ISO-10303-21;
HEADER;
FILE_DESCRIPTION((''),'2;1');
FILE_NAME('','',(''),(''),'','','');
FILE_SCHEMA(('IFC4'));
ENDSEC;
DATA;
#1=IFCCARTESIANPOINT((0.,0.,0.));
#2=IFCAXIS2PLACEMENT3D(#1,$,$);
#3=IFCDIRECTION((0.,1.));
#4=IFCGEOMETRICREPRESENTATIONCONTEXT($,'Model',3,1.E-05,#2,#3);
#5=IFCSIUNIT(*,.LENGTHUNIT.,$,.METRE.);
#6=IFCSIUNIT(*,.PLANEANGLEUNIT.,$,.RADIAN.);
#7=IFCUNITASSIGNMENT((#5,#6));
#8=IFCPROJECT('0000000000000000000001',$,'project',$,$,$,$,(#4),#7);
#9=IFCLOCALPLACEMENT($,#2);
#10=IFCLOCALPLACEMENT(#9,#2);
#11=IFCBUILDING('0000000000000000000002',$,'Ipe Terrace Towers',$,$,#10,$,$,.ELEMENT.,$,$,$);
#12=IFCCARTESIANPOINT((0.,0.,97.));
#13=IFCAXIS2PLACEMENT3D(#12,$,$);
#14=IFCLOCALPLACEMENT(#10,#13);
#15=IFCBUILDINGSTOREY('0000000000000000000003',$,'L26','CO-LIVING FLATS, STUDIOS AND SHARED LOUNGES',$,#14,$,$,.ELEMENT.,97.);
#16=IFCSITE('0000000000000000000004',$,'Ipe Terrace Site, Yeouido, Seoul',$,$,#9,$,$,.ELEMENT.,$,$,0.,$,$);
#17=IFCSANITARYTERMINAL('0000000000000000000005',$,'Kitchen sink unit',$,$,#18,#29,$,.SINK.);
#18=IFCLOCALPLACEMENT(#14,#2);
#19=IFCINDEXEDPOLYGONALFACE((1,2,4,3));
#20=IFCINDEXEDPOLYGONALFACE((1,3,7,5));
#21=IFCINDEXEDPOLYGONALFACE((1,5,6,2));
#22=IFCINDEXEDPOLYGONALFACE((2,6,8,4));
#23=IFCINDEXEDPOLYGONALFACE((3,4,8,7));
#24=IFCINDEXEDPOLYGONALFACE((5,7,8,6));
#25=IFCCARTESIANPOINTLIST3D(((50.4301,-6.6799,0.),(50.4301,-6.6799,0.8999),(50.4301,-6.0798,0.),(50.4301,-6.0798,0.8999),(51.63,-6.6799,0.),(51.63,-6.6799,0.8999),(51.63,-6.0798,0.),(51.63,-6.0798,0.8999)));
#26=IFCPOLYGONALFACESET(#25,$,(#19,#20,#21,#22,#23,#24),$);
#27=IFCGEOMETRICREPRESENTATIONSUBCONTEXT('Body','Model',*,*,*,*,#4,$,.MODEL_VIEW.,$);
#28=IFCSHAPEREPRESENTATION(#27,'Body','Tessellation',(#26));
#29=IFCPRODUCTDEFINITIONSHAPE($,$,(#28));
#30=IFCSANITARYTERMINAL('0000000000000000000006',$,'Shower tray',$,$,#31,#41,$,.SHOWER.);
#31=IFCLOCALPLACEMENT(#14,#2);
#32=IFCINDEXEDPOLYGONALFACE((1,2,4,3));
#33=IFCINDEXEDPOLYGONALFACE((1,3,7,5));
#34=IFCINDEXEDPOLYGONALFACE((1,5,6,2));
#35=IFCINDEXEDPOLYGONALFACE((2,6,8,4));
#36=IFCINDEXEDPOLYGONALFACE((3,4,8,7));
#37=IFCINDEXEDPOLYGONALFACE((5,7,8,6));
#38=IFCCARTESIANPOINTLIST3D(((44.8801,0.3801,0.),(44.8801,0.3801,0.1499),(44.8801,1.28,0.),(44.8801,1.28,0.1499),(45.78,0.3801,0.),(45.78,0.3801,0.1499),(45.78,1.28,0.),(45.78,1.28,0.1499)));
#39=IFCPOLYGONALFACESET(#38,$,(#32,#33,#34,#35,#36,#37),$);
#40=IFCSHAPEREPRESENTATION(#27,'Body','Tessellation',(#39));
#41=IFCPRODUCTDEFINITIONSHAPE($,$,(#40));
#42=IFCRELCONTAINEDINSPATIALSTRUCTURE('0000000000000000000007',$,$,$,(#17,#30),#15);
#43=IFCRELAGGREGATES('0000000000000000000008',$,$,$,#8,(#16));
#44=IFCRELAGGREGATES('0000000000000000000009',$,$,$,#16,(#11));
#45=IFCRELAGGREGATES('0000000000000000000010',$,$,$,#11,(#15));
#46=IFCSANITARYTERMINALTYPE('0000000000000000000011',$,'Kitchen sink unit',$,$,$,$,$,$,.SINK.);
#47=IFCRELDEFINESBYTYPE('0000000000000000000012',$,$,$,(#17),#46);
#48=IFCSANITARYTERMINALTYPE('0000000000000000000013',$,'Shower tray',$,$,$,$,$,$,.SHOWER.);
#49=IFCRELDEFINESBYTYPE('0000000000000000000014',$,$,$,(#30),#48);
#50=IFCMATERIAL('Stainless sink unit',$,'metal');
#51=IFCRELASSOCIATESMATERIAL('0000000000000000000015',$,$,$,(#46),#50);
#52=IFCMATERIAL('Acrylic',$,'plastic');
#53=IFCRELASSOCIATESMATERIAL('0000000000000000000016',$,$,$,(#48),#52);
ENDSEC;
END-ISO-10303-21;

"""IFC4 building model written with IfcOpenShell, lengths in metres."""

from ifc_helpers import new_model, si_unit, direction, frame, origin, origin_2d, place, context, subcontext, project, spatial, rectangle, extrude, material, type_object, element, save


model = new_model("IFC4")

# Units and contexts
model_context = context("Model", 3, precision=1e-05, world=origin(), true_north=direction((0.0, 1.0)))
body_context = subcontext(model_context, "Body", "Model", "MODEL_VIEW")
ifc_project = project(units=[si_unit("LENGTHUNIT", "METRE"), si_unit("PLANEANGLEUNIT", "RADIAN")], contexts=[model_context])

# Site, building, storey
site_placement = place(None, origin())
site = spatial("IfcSite", under=ifc_project, at=site_placement, Name="Ipe Terrace Site, Yeouido, Seoul", CompositionType="ELEMENT", RefElevation=0.0)
building_placement = place(site_placement, origin())
building = spatial("IfcBuilding", under=site, at=building_placement, Name="Ipe Terrace Towers", CompositionType="ELEMENT")
storey_placement = place(building_placement, frame((0.0, 0.0, 97.0)))
storey = spatial("IfcBuildingStorey", under=building, at=storey_placement, Name="L26", Description="CO-LIVING FLATS, STUDIOS AND SHARED LOUNGES", CompositionType="ELEMENT", Elevation=97.0)

# Sanitary terminals
ifc_material_1 = material(Name="Stainless sink unit", Category="metal")
sanitary_terminal_type_1 = type_object("IfcSanitaryTerminalType", Name="Kitchen sink unit", PredefinedType="SINK", material=ifc_material_1)
sanitary_terminal_1_placement = place(storey_placement, frame((51.03, -6.3799, 0.0), z_axis=(0.0, 0.0, 1.0), x_axis=(-1.0, 0.0, 0.0)))
element("IfcSanitaryTerminal", 1, at=sanitary_terminal_1_placement, inside=storey, type_object=sanitary_terminal_type_1, Name="Kitchen sink unit", PredefinedType="SINK", context=body_context, shape_type="SweptSolid", body=[
    extrude(rectangle(XDim=1.2, YDim=0.6001, at=origin_2d()), origin(), (0.0, 0.0, 1.0), 0.8999),
])
ifc_material_2 = material(Name="Acrylic", Category="plastic")
sanitary_terminal_type_2 = type_object("IfcSanitaryTerminalType", Name="Shower tray", PredefinedType="SHOWER", material=ifc_material_2)
sanitary_terminal_2_placement = place(storey_placement, frame((45.3301, 0.8301, 0.0), z_axis=(0.0, 0.0, 1.0), x_axis=(0.0, -1.0, 0.0)))
element("IfcSanitaryTerminal", 2, at=sanitary_terminal_2_placement, inside=storey, type_object=sanitary_terminal_type_2, Name="Shower tray", PredefinedType="SHOWER", context=body_context, shape_type="SweptSolid", body=[
    extrude(rectangle(XDim=0.8999, YDim=0.8999, at=origin_2d()), origin(), (0.0, 0.0, 1.0), 0.1499),
])

save(model, "model.ifc")
